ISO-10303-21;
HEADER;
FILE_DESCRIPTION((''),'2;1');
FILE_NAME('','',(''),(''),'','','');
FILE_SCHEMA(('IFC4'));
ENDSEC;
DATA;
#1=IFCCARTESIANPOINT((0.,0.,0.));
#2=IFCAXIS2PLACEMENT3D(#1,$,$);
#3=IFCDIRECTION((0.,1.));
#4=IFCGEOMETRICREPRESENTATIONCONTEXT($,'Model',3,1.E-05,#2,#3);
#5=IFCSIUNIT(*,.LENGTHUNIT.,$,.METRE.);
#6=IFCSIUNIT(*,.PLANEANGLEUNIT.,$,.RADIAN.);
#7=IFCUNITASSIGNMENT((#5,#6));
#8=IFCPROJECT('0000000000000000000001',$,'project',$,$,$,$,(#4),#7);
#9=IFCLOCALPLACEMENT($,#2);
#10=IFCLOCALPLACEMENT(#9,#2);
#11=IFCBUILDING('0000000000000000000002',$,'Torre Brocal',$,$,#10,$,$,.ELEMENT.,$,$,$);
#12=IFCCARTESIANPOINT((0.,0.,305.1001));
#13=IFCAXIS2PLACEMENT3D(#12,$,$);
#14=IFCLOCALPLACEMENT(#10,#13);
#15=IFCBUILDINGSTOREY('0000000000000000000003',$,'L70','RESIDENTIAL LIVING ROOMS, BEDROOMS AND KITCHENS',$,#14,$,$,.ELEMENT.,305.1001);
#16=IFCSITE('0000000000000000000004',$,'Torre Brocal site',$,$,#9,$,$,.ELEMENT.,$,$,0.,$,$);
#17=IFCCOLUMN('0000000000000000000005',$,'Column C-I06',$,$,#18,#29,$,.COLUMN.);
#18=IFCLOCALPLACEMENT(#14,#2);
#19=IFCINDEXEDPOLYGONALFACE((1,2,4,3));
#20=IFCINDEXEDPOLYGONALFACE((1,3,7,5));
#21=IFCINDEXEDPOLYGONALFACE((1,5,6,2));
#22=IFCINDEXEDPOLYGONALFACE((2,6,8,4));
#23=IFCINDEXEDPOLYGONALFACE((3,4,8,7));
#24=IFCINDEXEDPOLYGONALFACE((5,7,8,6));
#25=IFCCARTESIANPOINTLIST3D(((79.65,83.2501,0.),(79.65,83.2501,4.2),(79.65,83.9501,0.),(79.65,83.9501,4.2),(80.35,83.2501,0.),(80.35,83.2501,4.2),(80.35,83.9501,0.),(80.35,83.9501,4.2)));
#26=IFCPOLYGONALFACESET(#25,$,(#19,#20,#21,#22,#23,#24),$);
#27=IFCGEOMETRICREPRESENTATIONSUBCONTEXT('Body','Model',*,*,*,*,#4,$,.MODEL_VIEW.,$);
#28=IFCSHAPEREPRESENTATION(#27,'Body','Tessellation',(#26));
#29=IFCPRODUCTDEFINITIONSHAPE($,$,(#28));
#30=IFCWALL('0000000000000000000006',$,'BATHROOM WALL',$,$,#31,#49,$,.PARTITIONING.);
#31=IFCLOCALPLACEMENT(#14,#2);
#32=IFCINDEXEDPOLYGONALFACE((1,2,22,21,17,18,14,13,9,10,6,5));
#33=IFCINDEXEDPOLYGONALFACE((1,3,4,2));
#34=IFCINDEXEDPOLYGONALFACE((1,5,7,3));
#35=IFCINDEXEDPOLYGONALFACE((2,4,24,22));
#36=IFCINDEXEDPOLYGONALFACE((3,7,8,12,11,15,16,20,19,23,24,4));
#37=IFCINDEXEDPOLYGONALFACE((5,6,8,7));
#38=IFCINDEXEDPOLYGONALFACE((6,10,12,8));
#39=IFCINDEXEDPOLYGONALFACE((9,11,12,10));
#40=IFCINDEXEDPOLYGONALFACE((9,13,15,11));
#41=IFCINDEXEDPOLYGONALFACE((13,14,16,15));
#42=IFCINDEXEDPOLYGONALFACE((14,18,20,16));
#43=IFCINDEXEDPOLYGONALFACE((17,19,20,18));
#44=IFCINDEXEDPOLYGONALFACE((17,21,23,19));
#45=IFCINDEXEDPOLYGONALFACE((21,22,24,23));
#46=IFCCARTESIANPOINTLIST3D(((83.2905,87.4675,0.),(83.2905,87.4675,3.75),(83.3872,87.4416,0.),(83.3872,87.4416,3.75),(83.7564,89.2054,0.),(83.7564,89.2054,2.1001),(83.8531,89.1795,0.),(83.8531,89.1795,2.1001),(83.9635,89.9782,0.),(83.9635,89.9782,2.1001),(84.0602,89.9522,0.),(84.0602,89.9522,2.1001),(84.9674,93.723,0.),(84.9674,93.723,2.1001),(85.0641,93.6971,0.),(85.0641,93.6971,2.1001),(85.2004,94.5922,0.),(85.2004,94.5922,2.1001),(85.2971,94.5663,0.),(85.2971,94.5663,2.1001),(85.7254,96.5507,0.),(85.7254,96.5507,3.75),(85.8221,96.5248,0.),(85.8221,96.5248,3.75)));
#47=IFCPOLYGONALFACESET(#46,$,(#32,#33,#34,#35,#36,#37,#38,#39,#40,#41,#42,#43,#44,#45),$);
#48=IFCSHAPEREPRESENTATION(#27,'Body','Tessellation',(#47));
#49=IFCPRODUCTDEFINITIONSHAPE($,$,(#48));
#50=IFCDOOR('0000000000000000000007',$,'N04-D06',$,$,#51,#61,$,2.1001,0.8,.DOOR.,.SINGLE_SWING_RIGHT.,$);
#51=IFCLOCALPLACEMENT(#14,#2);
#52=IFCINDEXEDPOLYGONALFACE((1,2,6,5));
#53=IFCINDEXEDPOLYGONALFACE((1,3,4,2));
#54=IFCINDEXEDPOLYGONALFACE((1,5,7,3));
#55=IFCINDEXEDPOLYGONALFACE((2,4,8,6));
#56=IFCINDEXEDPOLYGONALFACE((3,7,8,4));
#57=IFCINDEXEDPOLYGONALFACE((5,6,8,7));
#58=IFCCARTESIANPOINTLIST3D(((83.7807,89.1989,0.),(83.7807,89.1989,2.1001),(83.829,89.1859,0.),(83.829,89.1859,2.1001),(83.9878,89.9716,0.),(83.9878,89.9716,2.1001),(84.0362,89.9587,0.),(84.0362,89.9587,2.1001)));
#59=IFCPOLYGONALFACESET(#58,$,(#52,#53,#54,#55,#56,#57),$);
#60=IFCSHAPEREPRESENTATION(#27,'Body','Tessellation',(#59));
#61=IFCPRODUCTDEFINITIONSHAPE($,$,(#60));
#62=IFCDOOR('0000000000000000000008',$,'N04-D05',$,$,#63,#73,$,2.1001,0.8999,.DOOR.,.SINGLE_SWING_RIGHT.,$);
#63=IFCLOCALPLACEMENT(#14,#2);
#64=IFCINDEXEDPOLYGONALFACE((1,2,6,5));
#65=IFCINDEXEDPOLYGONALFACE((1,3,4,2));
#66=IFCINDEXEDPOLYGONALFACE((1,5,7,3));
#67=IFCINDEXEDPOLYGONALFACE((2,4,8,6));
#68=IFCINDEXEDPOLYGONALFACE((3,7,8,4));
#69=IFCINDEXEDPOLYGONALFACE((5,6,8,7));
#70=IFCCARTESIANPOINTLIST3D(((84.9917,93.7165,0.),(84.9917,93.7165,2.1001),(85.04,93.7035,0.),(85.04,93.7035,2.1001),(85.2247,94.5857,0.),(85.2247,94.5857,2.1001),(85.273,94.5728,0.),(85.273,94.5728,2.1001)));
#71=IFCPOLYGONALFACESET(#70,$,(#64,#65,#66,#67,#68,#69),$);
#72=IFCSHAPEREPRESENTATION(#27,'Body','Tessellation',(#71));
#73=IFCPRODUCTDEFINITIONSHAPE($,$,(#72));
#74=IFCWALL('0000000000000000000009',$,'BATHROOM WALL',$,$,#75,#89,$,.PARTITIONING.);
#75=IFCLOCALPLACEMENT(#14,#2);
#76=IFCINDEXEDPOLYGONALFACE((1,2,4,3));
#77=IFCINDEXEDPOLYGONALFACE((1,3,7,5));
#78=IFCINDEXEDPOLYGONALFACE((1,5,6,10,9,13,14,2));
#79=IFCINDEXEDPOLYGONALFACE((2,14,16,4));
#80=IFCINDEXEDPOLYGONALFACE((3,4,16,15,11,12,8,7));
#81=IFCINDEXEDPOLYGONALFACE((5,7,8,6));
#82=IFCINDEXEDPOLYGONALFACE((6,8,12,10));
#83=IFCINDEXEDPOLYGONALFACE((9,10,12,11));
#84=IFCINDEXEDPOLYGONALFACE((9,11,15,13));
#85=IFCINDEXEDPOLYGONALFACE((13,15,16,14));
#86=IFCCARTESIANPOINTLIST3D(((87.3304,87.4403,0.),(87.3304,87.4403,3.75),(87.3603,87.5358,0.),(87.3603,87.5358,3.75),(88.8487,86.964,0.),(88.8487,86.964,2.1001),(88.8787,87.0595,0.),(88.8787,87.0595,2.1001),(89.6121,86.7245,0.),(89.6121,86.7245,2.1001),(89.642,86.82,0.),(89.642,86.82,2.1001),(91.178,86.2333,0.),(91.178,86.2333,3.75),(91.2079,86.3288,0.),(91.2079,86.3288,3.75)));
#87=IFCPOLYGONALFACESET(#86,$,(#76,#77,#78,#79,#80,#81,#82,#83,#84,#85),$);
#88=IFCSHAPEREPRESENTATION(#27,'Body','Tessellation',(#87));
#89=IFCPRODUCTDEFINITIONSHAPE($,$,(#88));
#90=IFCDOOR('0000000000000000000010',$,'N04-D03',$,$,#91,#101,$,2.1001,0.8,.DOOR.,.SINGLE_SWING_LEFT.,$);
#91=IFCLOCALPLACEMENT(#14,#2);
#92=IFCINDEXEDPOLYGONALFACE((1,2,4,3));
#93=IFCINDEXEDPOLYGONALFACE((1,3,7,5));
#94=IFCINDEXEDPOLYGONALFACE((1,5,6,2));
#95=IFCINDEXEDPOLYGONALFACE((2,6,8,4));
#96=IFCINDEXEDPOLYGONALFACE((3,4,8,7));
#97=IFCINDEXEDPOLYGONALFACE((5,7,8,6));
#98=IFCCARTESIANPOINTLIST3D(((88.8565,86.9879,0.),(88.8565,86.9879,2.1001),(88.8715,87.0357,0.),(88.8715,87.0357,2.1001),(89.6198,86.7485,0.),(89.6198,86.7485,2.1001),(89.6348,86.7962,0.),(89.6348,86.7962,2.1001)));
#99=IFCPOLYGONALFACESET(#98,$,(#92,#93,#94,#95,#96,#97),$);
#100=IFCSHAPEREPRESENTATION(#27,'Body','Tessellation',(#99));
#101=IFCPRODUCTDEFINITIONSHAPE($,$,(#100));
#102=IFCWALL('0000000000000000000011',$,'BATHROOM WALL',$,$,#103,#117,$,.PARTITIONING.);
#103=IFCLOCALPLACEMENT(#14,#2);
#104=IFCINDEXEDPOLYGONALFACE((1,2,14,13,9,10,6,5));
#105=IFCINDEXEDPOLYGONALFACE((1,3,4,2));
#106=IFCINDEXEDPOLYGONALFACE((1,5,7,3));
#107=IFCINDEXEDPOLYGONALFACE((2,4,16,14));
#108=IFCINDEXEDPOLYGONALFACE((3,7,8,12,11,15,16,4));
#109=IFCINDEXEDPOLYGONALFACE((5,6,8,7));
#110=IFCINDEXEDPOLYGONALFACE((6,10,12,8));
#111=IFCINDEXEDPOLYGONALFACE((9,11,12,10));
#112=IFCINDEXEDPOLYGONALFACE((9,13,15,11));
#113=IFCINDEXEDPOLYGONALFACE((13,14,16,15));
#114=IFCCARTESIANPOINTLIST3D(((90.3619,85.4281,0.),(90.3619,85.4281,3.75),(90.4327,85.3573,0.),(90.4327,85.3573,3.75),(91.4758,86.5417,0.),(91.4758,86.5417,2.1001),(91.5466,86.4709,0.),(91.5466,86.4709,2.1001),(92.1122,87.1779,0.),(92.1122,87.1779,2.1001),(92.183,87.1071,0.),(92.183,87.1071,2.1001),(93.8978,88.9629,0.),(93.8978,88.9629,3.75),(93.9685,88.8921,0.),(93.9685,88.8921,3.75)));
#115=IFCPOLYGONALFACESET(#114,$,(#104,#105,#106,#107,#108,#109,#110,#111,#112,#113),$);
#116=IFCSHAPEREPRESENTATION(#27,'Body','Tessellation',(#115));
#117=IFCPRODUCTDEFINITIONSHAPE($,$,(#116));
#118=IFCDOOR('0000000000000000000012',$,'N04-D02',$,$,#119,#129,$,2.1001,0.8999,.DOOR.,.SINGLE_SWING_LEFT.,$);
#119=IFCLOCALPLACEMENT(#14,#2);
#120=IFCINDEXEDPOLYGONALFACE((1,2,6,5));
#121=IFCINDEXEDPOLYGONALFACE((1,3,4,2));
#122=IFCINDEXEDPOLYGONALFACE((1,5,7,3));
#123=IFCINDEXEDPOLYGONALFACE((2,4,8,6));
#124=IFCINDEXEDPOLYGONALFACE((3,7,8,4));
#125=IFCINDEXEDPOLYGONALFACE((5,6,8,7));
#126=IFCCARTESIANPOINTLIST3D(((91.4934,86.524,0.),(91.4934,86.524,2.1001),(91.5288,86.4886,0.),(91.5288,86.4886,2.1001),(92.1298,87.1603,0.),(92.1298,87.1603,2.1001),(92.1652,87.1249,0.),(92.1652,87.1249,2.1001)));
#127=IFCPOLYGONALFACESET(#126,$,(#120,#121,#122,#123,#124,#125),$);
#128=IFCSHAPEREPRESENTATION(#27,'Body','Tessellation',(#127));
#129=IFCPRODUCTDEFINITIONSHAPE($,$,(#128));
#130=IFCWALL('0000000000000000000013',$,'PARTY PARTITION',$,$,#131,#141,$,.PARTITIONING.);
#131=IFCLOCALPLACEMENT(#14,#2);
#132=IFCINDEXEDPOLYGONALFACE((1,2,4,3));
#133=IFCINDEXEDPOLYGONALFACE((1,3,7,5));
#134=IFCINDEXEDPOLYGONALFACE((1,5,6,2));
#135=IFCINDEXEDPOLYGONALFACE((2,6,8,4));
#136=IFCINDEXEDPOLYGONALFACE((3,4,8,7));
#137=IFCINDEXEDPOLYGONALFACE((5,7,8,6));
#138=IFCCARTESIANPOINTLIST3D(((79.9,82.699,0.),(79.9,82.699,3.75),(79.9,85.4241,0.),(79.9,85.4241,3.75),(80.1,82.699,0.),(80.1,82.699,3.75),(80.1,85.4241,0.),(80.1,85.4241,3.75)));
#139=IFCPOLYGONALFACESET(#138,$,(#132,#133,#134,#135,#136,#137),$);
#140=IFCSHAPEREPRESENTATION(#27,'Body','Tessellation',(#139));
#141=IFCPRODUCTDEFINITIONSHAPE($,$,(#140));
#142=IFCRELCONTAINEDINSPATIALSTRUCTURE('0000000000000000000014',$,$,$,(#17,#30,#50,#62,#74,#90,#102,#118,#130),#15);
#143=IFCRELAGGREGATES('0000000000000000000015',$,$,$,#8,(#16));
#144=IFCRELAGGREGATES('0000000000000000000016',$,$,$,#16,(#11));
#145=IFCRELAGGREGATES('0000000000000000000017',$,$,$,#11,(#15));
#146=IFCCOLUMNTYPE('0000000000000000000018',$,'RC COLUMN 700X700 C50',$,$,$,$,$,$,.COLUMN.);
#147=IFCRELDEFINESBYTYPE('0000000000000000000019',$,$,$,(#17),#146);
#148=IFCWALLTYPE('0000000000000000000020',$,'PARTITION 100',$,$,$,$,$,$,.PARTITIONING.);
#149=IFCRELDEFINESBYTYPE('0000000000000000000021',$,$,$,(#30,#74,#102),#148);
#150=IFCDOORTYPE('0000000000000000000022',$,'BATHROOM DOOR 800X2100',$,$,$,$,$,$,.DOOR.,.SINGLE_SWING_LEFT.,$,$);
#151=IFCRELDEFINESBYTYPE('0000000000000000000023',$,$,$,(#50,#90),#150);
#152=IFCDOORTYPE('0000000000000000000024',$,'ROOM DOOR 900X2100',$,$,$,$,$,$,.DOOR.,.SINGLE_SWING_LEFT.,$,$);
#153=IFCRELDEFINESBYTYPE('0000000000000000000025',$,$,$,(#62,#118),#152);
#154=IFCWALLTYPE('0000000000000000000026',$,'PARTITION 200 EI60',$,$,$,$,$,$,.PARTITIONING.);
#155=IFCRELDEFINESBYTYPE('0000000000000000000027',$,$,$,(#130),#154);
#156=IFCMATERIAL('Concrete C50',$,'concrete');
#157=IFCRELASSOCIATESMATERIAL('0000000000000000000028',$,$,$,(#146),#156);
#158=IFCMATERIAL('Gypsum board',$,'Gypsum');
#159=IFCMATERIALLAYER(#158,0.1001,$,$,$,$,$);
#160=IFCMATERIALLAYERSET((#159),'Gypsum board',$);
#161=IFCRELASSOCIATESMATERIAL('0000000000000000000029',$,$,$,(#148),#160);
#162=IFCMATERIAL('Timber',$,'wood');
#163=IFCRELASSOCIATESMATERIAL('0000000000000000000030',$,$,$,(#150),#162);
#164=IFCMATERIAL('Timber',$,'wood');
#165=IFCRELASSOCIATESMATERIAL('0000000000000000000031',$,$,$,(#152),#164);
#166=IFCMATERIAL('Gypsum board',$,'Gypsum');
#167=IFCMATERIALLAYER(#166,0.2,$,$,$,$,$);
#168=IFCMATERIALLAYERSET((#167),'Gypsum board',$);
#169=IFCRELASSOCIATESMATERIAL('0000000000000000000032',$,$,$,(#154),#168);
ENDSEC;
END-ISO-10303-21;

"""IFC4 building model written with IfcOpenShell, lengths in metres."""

from ifc_helpers import new_model, si_unit, direction, frame, frame_2d, origin, origin_2d, place, context, subcontext, project, spatial, rectangle, extrude, material, layer, layer_set, material_profile, profile_set, type_object, element, fill, save


model = new_model("IFC4")

# Units and contexts
model_context = context("Model", 3, precision=1e-05, world=origin(), true_north=direction((0.0, 1.0)))
body_context = subcontext(model_context, "Body", "Model", "MODEL_VIEW")
ifc_project = project(units=[si_unit("LENGTHUNIT", "METRE"), si_unit("PLANEANGLEUNIT", "RADIAN")], contexts=[model_context])

# Site, building, storey
site_placement = place(None, origin())
site = spatial("IfcSite", under=ifc_project, at=site_placement, Name="Torre Brocal site", CompositionType="ELEMENT", RefElevation=0.0)
building_placement = place(site_placement, origin())
building = spatial("IfcBuilding", under=site, at=building_placement, Name="Torre Brocal", CompositionType="ELEMENT")
storey_placement = place(building_placement, frame((0.0, 0.0, 305.1001)))
storey = spatial("IfcBuildingStorey", under=building, at=storey_placement, Name="L70", Description="RESIDENTIAL LIVING ROOMS, BEDROOMS AND KITCHENS", CompositionType="ELEMENT", Elevation=305.1001)

# Column
ifc_material_1 = material(Name="Concrete C50", Category="concrete")
ifc_material_profile = material_profile(ifc_material_1, rectangle(XDim=0.7, YDim=0.7, at=origin_2d()), Name="RC 700X700")
ifc_profile_set = profile_set([ifc_material_profile], Name="Concrete C50")
column_type = type_object("IfcColumnType", Name="RC COLUMN 700X700 C50", PredefinedType="COLUMN", material=ifc_profile_set)
column_placement = place(storey_placement, frame((80.0, 83.6001, 0.0), z_axis=(0.0, 0.0, 1.0), x_axis=(0.0, 1.0, 0.0)))
element("IfcColumn", 1, at=column_placement, inside=storey, type_object=column_type, Name="Column C-I06", PredefinedType="COLUMN", context=body_context, shape_type="SweptSolid", body=[
    extrude(rectangle(XDim=0.7, YDim=0.7, at=origin_2d()), origin(), (0.0, 0.0, 1.0), 4.2),
])

# Wall, openings, doors
ifc_material_2 = material(Name="Gypsum board", Category="Gypsum")
ifc_layer_1 = layer(ifc_material_2, 0.1001)
ifc_layer_set_1 = layer_set([ifc_layer_1], Name="Gypsum board")
wall_type_1 = type_object("IfcWallType", Name="PARTITION 100", PredefinedType="PARTITIONING", material=ifc_layer_set_1)
wall_1_placement = place(storey_placement, frame((83.3389, 87.4546, 0.0), z_axis=(0.0, 0.0, 1.0), x_axis=(0.258921, 0.965898, 0.0)))
wall_1 = element("IfcWall", 2, at=wall_1_placement, inside=storey, type_object=wall_type_1, Name="BATHROOM WALL", PredefinedType="PARTITIONING", context=body_context, shape_type="SweptSolid", body=[
    extrude(rectangle(XDim=9.4038, YDim=0.1001, at=frame_2d((4.7019, 0.0))), origin(), (0.0, 0.0, 1.0), 3.75),
])
opening_1_placement = place(wall_1_placement, frame((6.4763, 0.0, 0.0)))
opening_1 = element("IfcOpeningElement", 3, at=opening_1_placement, cuts=wall_1, PredefinedType="OPENING", context=body_context, shape_type="SweptSolid", body=[
    extrude(rectangle(XDim=0.8999, YDim=2.1001, at=frame_2d((0.45, 1.05))), frame((0.0, 0.0601, 0.0), z_axis=(0.0, -1.0, 0.0), x_axis=(1.0, 0.0, 0.0)), (0.0, 0.0, 1.0), 0.1201),
])
opening_2_placement = place(wall_1_placement, frame((1.7993, 0.0, 0.0)))
opening_2 = element("IfcOpeningElement", 4, at=opening_2_placement, cuts=wall_1, PredefinedType="OPENING", context=body_context, shape_type="SweptSolid", body=[
    extrude(rectangle(XDim=0.8, YDim=2.1001, at=frame_2d((0.3999, 1.05))), frame((0.0, 0.0601, 0.0), z_axis=(0.0, -1.0, 0.0), x_axis=(1.0, 0.0, 0.0)), (0.0, 0.0, 1.0), 0.1201),
])
ifc_material_3 = material(Name="Timber", Category="wood")
door_type_1 = type_object("IfcDoorType", Name="BATHROOM DOOR 800X2100", OperationType="SINGLE_SWING_LEFT", PredefinedType="DOOR", material=ifc_material_3)
door_1_placement = place(opening_2_placement, origin())
door_1 = element("IfcDoor", 5, at=door_1_placement, inside=storey, type_object=door_type_1, Name="N04-D06", OperationType="SINGLE_SWING_RIGHT", OverallHeight=2.1001, OverallWidth=0.8, PredefinedType="DOOR", context=body_context, shape_type="SweptSolid", body=[
    extrude(rectangle(XDim=0.8, YDim=2.1001, at=frame_2d((0.3999, 1.05))), frame((0.0, 0.0249, 0.0), z_axis=(0.0, -1.0, 0.0), x_axis=(1.0, 0.0, 0.0)), (0.0, 0.0, 1.0), 0.05),
])
fill(opening_2, door_1)
ifc_material_4 = material(Name="Timber", Category="wood")
door_type_2 = type_object("IfcDoorType", Name="ROOM DOOR 900X2100", OperationType="SINGLE_SWING_LEFT", PredefinedType="DOOR", material=ifc_material_4)
door_2_placement = place(opening_1_placement, origin())
door_2 = element("IfcDoor", 6, at=door_2_placement, inside=storey, type_object=door_type_2, Name="N04-D05", OperationType="SINGLE_SWING_RIGHT", OverallHeight=2.1001, OverallWidth=0.8999, PredefinedType="DOOR", context=body_context, shape_type="SweptSolid", body=[
    extrude(rectangle(XDim=0.8999, YDim=2.1001, at=frame_2d((0.45, 1.05))), frame((0.0, 0.0249, 0.0), z_axis=(0.0, -1.0, 0.0), x_axis=(1.0, 0.0, 0.0)), (0.0, 0.0, 1.0), 0.05),
])
fill(opening_1, door_2)

# Walls, openings, doors
wall_2_placement = place(storey_placement, frame((87.3455, 87.488, 0.0), z_axis=(0.0, 0.0, 1.0), x_axis=(0.954152, -0.299323, 0.0)))
wall_2 = element("IfcWall", 7, at=wall_2_placement, inside=storey, type_object=wall_type_1, Name="BATHROOM WALL", PredefinedType="PARTITIONING", context=body_context, shape_type="SweptSolid", body=[
    extrude(rectangle(XDim=4.0325, YDim=0.1001, at=frame_2d((2.0161, 0.0))), origin(), (0.0, 0.0, 1.0), 3.75),
])
opening_3_placement = place(wall_2_placement, frame((1.5913, 0.0, 0.0)))
opening_3 = element("IfcOpeningElement", 8, at=opening_3_placement, cuts=wall_2, PredefinedType="OPENING", context=body_context, shape_type="SweptSolid", body=[
    extrude(rectangle(XDim=0.8, YDim=2.1001, at=frame_2d((0.3999, 1.05))), frame((0.0, 0.0601, 0.0), z_axis=(0.0, -1.0, 0.0), x_axis=(1.0, 0.0, 0.0)), (0.0, 0.0, 1.0), 0.1201),
])
door_3_placement = place(opening_3_placement, frame((0.8, 0.0, 0.0), z_axis=(0.0, 0.0, 1.0), x_axis=(-1.0, 0.0, 0.0)))
door_3 = element("IfcDoor", 9, at=door_3_placement, inside=storey, type_object=door_type_1, Name="N04-D03", OperationType="SINGLE_SWING_LEFT", OverallHeight=2.1001, OverallWidth=0.8, PredefinedType="DOOR", context=body_context, shape_type="SweptSolid", body=[
    extrude(rectangle(XDim=0.8, YDim=2.1001, at=frame_2d((0.3999, 1.05))), frame((0.0, 0.0249, 0.0), z_axis=(0.0, -1.0, 0.0), x_axis=(1.0, 0.0, 0.0)), (0.0, 0.0, 1.0), 0.05),
])
fill(opening_3, door_3)
wall_3_placement = place(storey_placement, frame((90.3972, 85.3926, 0.0), z_axis=(0.0, 0.0, 1.0), x_axis=(0.707204, 0.707009, 0.0)))
wall_3 = element("IfcWall", 10, at=wall_3_placement, inside=storey, type_object=wall_type_1, Name="BATHROOM WALL", PredefinedType="PARTITIONING", context=body_context, shape_type="SweptSolid", body=[
    extrude(rectangle(XDim=4.9998, YDim=0.1001, at=frame_2d((2.5, 0.0))), origin(), (0.0, 0.0, 1.0), 3.75),
])
opening_4_placement = place(wall_3_placement, frame((1.5752, 0.0, 0.0)))
opening_4 = element("IfcOpeningElement", 11, at=opening_4_placement, cuts=wall_3, PredefinedType="OPENING", context=body_context, shape_type="SweptSolid", body=[
    extrude(rectangle(XDim=0.8999, YDim=2.1001, at=frame_2d((0.45, 1.05))), frame((0.0, 0.0601, 0.0), z_axis=(0.0, -1.0, 0.0), x_axis=(1.0, 0.0, 0.0)), (0.0, 0.0, 1.0), 0.1201),
])
door_4_placement = place(opening_4_placement, frame((0.8999, 0.0, 0.0), z_axis=(0.0, 0.0, 1.0), x_axis=(-1.0, 0.0, 0.0)))
door_4 = element("IfcDoor", 12, at=door_4_placement, inside=storey, type_object=door_type_2, Name="N04-D02", OperationType="SINGLE_SWING_LEFT", OverallHeight=2.1001, OverallWidth=0.8999, PredefinedType="DOOR", context=body_context, shape_type="SweptSolid", body=[
    extrude(rectangle(XDim=0.8999, YDim=2.1001, at=frame_2d((0.45, 1.05))), frame((0.0, 0.0249, 0.0), z_axis=(0.0, -1.0, 0.0), x_axis=(1.0, 0.0, 0.0)), (0.0, 0.0, 1.0), 0.05),
])
fill(opening_4, door_4)

# Wall
ifc_material_5 = material(Name="Gypsum board", Category="Gypsum")
ifc_layer_2 = layer(ifc_material_5, 0.2)
ifc_layer_set_2 = layer_set([ifc_layer_2], Name="Gypsum board")
wall_type_2 = type_object("IfcWallType", Name="PARTITION 200 EI60", PredefinedType="PARTITIONING", material=ifc_layer_set_2)
wall_4_placement = place(storey_placement, frame((80.0, 82.699, 0.0), z_axis=(0.0, 0.0, 1.0), x_axis=(0.0, 1.0, 0.0)))
element("IfcWall", 13, at=wall_4_placement, inside=storey, type_object=wall_type_2, Name="PARTY PARTITION", PredefinedType="PARTITIONING", context=body_context, shape_type="SweptSolid", body=[
    extrude(rectangle(XDim=2.7251, YDim=0.2, at=frame_2d((1.3625, 0.0))), origin(), (0.0, 0.0, 1.0), 3.75),
])

save(model, "model.ifc")
